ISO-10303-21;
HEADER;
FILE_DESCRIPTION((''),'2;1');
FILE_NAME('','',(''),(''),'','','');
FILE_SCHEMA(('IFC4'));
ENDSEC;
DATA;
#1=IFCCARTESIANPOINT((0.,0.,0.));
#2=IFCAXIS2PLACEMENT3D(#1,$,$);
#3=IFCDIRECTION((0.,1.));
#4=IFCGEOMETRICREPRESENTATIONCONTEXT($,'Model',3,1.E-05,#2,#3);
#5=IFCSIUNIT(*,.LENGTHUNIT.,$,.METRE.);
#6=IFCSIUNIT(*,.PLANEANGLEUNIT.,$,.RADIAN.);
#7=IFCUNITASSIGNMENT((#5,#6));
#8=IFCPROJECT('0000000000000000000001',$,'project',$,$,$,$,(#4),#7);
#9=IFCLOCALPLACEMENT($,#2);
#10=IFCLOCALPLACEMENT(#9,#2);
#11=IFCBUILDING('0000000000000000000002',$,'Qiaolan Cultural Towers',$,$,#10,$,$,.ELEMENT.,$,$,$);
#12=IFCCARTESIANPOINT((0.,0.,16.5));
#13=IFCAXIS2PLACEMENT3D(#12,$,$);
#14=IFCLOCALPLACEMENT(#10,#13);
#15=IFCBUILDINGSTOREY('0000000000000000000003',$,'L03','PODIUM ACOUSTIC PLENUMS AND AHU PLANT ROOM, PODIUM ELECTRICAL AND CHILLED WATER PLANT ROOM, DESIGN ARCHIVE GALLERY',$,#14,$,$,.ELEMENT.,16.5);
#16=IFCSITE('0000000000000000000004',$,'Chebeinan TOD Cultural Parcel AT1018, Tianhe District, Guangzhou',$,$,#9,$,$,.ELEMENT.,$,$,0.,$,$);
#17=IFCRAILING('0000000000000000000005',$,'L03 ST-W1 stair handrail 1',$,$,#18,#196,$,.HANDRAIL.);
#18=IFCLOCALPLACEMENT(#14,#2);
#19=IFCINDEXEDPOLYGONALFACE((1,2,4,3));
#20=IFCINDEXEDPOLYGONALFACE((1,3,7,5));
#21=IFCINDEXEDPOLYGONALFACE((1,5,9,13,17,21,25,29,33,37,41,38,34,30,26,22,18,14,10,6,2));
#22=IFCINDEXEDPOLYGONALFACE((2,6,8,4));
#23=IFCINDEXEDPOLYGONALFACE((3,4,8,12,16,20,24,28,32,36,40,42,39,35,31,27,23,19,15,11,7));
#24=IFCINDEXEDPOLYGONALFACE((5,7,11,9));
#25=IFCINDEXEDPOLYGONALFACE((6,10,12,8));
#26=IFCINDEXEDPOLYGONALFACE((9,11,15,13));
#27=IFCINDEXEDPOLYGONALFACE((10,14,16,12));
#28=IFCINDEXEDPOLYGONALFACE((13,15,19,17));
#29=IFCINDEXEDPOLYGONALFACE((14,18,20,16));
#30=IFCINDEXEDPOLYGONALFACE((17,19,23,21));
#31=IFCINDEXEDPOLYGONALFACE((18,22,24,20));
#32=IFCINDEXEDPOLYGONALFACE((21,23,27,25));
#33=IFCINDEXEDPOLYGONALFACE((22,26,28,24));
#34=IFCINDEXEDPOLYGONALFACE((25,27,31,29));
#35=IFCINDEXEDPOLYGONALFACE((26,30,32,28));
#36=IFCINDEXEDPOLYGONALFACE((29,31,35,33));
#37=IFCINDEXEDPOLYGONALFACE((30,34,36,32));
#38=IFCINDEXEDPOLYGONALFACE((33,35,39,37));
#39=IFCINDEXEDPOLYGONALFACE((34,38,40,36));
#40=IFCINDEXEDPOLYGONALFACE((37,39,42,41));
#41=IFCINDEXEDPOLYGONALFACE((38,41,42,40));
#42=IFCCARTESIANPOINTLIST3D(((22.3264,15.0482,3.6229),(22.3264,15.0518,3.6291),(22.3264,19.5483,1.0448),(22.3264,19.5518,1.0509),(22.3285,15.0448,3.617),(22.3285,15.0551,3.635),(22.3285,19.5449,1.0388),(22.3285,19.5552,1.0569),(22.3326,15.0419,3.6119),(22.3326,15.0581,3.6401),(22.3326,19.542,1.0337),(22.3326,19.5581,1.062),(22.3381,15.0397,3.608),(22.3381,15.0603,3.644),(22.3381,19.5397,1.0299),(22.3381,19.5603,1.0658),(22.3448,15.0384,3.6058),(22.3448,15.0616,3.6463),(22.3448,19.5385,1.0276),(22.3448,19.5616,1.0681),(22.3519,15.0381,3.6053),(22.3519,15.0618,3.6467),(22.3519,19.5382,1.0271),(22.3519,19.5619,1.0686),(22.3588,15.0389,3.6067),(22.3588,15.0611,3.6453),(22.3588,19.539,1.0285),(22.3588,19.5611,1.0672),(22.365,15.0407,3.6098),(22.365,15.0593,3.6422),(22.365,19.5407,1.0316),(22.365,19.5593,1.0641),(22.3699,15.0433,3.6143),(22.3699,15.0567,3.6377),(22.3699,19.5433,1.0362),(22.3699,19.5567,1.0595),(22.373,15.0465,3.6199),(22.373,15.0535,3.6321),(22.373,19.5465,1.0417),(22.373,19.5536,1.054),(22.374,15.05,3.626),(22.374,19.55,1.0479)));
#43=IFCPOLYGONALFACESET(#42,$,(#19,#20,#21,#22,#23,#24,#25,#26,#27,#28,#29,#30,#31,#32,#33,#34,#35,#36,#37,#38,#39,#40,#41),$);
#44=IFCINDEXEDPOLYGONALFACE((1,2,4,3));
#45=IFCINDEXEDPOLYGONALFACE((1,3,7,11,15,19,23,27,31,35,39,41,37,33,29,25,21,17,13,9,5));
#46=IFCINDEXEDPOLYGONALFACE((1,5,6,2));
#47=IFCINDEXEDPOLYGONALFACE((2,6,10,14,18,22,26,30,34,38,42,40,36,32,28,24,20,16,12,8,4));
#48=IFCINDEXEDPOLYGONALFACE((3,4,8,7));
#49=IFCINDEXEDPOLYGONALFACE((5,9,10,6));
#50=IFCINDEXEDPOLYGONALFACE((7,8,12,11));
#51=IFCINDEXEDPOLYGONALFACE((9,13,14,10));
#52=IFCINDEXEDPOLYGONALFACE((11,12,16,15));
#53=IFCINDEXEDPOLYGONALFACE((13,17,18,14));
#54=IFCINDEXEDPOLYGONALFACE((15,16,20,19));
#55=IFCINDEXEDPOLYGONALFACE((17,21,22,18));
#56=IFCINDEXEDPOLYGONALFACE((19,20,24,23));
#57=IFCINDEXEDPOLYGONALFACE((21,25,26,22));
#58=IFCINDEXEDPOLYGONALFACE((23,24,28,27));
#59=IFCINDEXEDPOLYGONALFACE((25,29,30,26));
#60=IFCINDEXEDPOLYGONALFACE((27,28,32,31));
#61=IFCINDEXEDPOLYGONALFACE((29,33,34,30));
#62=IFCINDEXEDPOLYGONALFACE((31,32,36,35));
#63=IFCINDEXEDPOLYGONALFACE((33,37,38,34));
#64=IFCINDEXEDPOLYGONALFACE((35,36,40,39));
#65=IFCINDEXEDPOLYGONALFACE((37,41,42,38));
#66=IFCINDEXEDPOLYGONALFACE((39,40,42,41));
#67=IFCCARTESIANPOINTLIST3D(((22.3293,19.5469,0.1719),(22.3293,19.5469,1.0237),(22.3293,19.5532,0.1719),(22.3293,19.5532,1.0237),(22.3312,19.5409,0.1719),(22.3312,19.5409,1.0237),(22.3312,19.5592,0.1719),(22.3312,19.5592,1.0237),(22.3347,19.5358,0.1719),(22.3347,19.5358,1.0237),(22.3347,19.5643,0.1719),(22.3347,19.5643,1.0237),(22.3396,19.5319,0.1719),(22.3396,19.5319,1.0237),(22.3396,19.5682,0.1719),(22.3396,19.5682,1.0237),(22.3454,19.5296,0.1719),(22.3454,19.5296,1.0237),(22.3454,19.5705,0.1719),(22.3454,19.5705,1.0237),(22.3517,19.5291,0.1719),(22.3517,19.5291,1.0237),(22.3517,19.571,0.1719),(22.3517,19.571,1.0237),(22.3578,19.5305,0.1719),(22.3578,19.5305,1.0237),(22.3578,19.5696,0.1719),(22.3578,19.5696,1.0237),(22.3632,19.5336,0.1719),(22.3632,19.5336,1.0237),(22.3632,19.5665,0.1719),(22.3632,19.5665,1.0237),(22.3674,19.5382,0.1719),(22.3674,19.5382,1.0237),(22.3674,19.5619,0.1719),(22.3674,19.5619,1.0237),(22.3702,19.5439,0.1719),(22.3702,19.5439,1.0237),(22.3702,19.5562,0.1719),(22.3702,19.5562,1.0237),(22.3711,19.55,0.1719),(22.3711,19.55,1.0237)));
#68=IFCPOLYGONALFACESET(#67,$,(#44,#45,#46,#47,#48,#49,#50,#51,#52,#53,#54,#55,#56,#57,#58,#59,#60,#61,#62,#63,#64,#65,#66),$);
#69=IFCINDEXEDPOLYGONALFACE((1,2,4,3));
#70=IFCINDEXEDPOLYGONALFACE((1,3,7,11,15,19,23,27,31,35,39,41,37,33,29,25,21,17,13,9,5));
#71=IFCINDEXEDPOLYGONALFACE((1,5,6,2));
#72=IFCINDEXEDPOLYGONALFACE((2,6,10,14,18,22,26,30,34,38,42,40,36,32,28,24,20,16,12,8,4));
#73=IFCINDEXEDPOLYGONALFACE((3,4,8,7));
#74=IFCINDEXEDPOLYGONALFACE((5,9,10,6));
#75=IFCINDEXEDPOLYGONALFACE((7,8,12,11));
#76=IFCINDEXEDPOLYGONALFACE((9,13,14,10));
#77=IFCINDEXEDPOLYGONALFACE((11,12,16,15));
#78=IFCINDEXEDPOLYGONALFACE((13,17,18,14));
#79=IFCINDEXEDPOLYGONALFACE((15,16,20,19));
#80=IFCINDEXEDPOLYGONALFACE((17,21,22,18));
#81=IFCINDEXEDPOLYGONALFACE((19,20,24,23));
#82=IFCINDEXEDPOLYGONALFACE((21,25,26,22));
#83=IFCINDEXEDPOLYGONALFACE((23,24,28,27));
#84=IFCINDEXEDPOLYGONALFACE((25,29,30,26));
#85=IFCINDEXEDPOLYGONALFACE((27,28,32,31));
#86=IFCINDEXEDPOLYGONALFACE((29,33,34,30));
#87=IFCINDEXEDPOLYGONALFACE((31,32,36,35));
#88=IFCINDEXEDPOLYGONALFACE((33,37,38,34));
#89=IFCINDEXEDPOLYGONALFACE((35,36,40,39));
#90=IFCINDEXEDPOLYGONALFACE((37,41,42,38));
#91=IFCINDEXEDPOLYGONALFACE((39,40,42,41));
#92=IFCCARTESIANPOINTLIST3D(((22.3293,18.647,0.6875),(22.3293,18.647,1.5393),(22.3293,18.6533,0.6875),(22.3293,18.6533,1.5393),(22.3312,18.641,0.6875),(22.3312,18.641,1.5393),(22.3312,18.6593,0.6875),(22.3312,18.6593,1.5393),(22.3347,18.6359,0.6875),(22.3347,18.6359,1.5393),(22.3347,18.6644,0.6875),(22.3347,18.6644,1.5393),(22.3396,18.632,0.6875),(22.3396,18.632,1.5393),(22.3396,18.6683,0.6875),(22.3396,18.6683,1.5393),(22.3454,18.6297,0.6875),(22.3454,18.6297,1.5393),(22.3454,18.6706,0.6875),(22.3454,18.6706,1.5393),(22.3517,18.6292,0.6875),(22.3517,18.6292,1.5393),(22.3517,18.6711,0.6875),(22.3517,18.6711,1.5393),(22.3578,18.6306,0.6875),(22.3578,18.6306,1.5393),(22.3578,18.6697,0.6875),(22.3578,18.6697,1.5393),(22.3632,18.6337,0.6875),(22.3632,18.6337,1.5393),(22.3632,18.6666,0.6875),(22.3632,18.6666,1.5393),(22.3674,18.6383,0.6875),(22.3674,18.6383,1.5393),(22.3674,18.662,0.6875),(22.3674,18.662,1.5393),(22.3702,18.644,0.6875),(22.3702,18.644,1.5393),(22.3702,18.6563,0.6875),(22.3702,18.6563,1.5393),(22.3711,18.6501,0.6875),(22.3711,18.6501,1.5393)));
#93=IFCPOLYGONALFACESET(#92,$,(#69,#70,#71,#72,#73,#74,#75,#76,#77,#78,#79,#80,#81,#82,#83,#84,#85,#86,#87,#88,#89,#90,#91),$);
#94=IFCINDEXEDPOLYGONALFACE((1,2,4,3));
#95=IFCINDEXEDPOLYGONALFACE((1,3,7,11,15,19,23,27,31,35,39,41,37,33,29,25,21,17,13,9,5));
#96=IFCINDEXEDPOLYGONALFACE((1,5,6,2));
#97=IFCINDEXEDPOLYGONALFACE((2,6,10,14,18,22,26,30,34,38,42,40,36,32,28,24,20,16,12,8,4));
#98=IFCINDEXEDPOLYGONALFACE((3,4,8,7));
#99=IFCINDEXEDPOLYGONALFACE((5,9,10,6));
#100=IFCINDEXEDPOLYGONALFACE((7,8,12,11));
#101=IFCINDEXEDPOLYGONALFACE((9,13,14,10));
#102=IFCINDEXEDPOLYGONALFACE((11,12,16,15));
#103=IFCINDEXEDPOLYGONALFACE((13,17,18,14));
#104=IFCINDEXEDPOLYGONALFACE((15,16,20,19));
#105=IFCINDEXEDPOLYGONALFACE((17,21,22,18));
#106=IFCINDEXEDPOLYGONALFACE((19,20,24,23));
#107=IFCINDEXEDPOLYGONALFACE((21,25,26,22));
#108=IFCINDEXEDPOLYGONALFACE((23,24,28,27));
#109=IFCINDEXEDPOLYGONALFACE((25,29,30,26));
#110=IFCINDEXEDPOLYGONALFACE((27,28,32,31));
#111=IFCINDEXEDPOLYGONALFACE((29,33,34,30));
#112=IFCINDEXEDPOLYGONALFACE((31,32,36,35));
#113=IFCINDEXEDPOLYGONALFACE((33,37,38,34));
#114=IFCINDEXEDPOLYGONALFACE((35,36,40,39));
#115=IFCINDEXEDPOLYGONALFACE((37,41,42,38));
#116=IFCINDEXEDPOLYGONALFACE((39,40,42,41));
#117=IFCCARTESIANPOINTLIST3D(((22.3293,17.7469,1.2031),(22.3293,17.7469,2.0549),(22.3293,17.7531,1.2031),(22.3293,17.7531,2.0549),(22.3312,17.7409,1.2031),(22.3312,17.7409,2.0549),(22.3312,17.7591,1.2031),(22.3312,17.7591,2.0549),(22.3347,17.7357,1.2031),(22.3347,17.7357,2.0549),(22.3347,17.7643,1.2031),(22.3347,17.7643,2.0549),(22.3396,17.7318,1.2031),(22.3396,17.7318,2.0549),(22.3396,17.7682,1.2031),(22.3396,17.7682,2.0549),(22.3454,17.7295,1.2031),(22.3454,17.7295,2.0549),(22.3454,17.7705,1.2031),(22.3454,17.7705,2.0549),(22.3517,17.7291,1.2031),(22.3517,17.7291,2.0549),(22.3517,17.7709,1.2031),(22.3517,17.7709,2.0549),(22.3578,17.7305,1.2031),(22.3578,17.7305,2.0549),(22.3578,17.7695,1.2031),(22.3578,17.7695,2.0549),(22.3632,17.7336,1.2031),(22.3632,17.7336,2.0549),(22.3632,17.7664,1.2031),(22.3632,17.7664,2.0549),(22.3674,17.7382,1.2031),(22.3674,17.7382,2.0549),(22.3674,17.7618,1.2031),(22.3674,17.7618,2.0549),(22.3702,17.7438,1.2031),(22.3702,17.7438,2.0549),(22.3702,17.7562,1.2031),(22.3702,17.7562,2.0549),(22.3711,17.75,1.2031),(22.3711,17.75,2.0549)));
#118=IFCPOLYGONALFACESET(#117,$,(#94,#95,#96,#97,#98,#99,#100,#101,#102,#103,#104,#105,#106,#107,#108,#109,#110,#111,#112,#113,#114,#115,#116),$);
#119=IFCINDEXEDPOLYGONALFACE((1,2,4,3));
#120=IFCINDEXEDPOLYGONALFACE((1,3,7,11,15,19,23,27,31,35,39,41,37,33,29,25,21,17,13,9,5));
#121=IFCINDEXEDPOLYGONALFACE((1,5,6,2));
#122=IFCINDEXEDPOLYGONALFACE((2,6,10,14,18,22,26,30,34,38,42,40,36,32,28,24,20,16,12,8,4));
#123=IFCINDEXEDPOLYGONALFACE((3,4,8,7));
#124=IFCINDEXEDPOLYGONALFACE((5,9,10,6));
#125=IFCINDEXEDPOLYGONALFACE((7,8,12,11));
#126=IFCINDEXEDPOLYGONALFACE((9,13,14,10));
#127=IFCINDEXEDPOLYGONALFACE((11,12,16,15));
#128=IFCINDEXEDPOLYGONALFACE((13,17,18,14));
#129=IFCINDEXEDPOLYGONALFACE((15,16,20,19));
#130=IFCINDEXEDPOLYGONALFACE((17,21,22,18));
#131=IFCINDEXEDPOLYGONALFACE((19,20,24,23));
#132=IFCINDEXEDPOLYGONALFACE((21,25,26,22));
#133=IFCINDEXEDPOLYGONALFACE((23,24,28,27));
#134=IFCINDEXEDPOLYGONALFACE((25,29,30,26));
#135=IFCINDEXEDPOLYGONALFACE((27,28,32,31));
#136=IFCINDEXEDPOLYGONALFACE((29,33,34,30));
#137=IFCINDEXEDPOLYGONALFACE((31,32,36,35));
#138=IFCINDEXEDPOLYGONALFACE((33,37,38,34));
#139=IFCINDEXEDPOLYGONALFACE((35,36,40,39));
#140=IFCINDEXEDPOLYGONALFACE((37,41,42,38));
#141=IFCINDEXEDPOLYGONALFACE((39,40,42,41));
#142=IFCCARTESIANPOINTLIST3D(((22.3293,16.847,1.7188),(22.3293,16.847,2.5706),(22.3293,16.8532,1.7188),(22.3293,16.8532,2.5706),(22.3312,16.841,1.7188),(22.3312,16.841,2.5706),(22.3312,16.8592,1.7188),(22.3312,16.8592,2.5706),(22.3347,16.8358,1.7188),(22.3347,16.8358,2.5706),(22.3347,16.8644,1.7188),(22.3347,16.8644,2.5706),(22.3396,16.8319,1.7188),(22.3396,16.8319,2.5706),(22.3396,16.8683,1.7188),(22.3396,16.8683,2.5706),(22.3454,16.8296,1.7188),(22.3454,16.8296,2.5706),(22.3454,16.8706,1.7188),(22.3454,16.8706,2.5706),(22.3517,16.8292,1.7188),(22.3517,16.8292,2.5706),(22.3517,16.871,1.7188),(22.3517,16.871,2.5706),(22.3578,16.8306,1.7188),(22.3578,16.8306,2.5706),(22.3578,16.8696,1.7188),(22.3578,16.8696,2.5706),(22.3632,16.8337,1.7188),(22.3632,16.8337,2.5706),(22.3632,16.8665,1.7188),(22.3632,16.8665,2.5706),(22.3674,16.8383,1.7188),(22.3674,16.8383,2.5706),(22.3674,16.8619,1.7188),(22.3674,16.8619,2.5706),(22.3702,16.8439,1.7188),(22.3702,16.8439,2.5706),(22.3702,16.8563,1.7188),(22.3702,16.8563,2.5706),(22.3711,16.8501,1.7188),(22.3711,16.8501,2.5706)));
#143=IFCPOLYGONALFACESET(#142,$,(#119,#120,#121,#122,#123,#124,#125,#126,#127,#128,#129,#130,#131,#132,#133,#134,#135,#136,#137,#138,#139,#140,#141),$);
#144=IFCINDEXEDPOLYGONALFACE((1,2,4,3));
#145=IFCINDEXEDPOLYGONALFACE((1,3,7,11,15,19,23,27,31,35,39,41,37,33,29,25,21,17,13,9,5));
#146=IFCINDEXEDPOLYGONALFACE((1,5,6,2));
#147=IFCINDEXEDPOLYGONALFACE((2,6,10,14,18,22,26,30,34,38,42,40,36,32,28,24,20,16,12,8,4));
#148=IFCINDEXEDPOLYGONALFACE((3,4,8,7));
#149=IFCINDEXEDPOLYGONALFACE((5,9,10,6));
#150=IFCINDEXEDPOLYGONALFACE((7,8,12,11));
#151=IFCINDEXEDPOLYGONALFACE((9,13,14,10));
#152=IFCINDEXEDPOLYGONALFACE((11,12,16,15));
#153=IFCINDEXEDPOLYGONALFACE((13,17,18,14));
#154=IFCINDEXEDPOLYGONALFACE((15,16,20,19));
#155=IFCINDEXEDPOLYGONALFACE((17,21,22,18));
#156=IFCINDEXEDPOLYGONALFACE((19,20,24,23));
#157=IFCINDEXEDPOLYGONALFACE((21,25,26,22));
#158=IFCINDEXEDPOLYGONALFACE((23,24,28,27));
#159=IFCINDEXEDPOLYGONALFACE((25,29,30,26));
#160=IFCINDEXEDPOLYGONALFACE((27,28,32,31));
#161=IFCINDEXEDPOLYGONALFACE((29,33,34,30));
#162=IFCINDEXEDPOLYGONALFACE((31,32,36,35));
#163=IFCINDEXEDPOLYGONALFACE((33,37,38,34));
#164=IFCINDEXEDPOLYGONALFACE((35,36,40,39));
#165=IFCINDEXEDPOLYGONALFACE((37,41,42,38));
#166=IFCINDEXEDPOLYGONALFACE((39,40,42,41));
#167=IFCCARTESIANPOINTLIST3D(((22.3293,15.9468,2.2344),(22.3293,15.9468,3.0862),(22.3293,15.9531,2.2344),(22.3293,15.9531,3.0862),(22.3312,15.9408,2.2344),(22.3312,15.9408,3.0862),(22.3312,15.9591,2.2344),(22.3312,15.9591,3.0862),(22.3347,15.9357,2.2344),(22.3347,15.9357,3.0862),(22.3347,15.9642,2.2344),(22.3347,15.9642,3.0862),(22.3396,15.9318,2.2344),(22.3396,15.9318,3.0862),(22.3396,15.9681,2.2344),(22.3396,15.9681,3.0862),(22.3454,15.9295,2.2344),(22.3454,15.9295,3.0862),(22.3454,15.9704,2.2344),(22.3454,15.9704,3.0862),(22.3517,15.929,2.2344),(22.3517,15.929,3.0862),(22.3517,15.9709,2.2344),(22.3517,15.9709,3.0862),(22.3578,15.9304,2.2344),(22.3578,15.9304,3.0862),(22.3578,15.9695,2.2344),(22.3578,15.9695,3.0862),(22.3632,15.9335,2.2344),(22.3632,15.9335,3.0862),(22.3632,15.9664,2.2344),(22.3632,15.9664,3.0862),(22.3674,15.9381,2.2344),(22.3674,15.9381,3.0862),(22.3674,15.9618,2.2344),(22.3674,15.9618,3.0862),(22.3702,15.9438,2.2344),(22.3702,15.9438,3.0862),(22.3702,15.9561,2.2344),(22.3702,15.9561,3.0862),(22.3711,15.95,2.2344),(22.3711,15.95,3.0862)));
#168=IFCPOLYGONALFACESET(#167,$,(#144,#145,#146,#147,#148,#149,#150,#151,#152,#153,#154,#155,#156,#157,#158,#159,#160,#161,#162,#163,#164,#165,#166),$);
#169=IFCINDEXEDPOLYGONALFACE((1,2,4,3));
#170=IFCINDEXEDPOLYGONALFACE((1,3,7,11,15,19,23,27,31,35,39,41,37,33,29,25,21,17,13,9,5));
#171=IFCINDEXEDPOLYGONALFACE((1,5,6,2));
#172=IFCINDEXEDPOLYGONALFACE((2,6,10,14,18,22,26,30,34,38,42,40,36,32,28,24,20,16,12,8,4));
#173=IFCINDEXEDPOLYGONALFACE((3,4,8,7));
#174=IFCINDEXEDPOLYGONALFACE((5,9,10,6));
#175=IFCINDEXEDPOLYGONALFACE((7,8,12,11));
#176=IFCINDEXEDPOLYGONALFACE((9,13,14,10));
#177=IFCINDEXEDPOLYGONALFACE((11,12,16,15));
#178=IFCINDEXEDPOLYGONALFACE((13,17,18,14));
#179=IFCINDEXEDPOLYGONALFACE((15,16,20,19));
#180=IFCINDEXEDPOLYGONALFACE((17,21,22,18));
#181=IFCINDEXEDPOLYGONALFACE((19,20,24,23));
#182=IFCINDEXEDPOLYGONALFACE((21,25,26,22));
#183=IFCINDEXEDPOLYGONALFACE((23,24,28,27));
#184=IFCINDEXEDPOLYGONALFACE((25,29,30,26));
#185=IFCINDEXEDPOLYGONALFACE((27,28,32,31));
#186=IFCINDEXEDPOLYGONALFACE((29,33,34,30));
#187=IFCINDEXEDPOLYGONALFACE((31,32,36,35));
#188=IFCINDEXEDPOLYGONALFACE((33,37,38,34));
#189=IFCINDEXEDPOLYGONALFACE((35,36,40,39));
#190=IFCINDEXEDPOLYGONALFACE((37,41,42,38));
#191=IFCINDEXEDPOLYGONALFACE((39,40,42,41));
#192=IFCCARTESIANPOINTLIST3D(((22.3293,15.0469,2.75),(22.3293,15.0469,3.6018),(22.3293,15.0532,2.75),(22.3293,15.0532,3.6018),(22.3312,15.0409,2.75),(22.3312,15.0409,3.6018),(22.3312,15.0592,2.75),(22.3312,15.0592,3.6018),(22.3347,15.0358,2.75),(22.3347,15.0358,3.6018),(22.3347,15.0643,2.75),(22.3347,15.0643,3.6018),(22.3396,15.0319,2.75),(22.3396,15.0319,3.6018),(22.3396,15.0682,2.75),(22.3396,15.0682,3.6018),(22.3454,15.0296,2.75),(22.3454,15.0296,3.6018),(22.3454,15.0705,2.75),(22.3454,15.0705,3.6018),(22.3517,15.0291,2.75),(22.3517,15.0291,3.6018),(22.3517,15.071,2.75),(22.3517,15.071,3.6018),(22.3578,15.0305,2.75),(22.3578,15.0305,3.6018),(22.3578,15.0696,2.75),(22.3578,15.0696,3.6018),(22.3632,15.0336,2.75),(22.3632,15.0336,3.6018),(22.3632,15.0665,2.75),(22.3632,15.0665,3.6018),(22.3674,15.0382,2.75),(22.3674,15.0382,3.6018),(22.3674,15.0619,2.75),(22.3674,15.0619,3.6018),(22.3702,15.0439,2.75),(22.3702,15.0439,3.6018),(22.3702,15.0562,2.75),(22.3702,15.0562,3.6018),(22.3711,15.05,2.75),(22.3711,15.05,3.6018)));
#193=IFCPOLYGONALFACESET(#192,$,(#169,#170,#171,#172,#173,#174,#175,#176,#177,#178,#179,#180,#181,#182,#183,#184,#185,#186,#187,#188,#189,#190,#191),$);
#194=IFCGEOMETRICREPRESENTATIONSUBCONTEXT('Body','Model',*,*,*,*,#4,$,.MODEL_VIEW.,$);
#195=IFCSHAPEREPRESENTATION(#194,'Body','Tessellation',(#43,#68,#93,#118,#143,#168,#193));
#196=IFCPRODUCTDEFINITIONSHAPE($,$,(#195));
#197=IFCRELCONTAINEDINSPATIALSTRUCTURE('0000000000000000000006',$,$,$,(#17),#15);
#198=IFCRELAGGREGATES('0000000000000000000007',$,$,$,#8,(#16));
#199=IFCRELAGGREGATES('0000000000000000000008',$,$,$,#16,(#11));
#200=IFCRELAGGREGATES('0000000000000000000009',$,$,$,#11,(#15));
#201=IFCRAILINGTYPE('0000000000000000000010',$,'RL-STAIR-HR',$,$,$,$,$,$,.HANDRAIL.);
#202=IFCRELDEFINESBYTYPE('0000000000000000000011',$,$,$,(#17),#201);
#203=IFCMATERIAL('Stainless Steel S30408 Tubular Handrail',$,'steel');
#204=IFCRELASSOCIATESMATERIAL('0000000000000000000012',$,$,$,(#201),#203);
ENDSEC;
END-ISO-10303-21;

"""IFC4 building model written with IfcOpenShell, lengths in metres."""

from ifc_helpers import new_model, si_unit, direction, frame, origin, origin_2d, place, context, subcontext, project, spatial, circle, extrude, material, type_object, element, save


model = new_model("IFC4")

# Units and contexts
model_context = context("Model", 3, precision=1e-05, world=origin(), true_north=direction((0.0, 1.0)))
body_context = subcontext(model_context, "Body", "Model", "MODEL_VIEW")
ifc_project = project(units=[si_unit("LENGTHUNIT", "METRE"), si_unit("PLANEANGLEUNIT", "RADIAN")], contexts=[model_context])

# Site, building, storey
site_placement = place(None, origin())
site = spatial("IfcSite", under=ifc_project, at=site_placement, Name="Chebeinan TOD Cultural Parcel AT1018, Tianhe District, Guangzhou", CompositionType="ELEMENT", RefElevation=0.0)
building_placement = place(site_placement, origin())
building = spatial("IfcBuilding", under=site, at=building_placement, Name="Qiaolan Cultural Towers", CompositionType="ELEMENT")
storey_placement = place(building_placement, frame((0.0, 0.0, 16.5)))
storey = spatial("IfcBuildingStorey", under=building, at=storey_placement, Name="L03", Description="PODIUM ACOUSTIC PLENUMS AND AHU PLANT ROOM, PODIUM ELECTRICAL AND CHILLED WATER PLANT ROOM, DESIGN ARCHIVE GALLERY", CompositionType="ELEMENT", Elevation=16.5)

# Railing
ifc_material_1 = material(Name="Stainless Steel S30408 Tubular Handrail", Category="steel")
railing_type_1 = type_object("IfcRailingType", Name="RL-STAIR-HR", PredefinedType="HANDRAIL", material=ifc_material_1)
railing_1_placement = place(storey_placement, frame((22.3501, 19.55, 0.1719)))
element("IfcRailing", 1, at=railing_1_placement, inside=storey, type_object=railing_type_1, Name="L03 ST-W1 stair handrail 1", PredefinedType="HANDRAIL", context=body_context, shape_type="SweptSolid", body=[
    extrude(circle(Radius=0.0239, at=origin_2d()), frame((0.0, 0.0, 0.876), z_axis=(0.0, -0.867686, 0.497112), x_axis=(1.0, 0.0, 0.0)), (0.0, 0.0, 1.0), 5.1863),
    extrude(circle(Radius=0.021, at=origin_2d()), origin(), (0.0, 0.0, 1.0), 0.8518),
    extrude(circle(Radius=0.021, at=origin_2d()), frame((0.0, -0.8999, 0.5156)), (0.0, 0.0, 1.0), 0.8518),
    extrude(circle(Radius=0.021, at=origin_2d()), frame((0.0, -1.8, 1.0312)), (0.0, 0.0, 1.0), 0.8518),
    extrude(circle(Radius=0.021, at=origin_2d()), frame((0.0, -2.7, 1.5469)), (0.0, 0.0, 1.0), 0.8518),
    extrude(circle(Radius=0.021, at=origin_2d()), frame((0.0, -3.6001, 2.0625)), (0.0, 0.0, 1.0), 0.8518),
    extrude(circle(Radius=0.021, at=origin_2d()), frame((0.0, -4.5, 2.5781)), (0.0, 0.0, 1.0), 0.8518),
])

save(model, "model.ifc")
